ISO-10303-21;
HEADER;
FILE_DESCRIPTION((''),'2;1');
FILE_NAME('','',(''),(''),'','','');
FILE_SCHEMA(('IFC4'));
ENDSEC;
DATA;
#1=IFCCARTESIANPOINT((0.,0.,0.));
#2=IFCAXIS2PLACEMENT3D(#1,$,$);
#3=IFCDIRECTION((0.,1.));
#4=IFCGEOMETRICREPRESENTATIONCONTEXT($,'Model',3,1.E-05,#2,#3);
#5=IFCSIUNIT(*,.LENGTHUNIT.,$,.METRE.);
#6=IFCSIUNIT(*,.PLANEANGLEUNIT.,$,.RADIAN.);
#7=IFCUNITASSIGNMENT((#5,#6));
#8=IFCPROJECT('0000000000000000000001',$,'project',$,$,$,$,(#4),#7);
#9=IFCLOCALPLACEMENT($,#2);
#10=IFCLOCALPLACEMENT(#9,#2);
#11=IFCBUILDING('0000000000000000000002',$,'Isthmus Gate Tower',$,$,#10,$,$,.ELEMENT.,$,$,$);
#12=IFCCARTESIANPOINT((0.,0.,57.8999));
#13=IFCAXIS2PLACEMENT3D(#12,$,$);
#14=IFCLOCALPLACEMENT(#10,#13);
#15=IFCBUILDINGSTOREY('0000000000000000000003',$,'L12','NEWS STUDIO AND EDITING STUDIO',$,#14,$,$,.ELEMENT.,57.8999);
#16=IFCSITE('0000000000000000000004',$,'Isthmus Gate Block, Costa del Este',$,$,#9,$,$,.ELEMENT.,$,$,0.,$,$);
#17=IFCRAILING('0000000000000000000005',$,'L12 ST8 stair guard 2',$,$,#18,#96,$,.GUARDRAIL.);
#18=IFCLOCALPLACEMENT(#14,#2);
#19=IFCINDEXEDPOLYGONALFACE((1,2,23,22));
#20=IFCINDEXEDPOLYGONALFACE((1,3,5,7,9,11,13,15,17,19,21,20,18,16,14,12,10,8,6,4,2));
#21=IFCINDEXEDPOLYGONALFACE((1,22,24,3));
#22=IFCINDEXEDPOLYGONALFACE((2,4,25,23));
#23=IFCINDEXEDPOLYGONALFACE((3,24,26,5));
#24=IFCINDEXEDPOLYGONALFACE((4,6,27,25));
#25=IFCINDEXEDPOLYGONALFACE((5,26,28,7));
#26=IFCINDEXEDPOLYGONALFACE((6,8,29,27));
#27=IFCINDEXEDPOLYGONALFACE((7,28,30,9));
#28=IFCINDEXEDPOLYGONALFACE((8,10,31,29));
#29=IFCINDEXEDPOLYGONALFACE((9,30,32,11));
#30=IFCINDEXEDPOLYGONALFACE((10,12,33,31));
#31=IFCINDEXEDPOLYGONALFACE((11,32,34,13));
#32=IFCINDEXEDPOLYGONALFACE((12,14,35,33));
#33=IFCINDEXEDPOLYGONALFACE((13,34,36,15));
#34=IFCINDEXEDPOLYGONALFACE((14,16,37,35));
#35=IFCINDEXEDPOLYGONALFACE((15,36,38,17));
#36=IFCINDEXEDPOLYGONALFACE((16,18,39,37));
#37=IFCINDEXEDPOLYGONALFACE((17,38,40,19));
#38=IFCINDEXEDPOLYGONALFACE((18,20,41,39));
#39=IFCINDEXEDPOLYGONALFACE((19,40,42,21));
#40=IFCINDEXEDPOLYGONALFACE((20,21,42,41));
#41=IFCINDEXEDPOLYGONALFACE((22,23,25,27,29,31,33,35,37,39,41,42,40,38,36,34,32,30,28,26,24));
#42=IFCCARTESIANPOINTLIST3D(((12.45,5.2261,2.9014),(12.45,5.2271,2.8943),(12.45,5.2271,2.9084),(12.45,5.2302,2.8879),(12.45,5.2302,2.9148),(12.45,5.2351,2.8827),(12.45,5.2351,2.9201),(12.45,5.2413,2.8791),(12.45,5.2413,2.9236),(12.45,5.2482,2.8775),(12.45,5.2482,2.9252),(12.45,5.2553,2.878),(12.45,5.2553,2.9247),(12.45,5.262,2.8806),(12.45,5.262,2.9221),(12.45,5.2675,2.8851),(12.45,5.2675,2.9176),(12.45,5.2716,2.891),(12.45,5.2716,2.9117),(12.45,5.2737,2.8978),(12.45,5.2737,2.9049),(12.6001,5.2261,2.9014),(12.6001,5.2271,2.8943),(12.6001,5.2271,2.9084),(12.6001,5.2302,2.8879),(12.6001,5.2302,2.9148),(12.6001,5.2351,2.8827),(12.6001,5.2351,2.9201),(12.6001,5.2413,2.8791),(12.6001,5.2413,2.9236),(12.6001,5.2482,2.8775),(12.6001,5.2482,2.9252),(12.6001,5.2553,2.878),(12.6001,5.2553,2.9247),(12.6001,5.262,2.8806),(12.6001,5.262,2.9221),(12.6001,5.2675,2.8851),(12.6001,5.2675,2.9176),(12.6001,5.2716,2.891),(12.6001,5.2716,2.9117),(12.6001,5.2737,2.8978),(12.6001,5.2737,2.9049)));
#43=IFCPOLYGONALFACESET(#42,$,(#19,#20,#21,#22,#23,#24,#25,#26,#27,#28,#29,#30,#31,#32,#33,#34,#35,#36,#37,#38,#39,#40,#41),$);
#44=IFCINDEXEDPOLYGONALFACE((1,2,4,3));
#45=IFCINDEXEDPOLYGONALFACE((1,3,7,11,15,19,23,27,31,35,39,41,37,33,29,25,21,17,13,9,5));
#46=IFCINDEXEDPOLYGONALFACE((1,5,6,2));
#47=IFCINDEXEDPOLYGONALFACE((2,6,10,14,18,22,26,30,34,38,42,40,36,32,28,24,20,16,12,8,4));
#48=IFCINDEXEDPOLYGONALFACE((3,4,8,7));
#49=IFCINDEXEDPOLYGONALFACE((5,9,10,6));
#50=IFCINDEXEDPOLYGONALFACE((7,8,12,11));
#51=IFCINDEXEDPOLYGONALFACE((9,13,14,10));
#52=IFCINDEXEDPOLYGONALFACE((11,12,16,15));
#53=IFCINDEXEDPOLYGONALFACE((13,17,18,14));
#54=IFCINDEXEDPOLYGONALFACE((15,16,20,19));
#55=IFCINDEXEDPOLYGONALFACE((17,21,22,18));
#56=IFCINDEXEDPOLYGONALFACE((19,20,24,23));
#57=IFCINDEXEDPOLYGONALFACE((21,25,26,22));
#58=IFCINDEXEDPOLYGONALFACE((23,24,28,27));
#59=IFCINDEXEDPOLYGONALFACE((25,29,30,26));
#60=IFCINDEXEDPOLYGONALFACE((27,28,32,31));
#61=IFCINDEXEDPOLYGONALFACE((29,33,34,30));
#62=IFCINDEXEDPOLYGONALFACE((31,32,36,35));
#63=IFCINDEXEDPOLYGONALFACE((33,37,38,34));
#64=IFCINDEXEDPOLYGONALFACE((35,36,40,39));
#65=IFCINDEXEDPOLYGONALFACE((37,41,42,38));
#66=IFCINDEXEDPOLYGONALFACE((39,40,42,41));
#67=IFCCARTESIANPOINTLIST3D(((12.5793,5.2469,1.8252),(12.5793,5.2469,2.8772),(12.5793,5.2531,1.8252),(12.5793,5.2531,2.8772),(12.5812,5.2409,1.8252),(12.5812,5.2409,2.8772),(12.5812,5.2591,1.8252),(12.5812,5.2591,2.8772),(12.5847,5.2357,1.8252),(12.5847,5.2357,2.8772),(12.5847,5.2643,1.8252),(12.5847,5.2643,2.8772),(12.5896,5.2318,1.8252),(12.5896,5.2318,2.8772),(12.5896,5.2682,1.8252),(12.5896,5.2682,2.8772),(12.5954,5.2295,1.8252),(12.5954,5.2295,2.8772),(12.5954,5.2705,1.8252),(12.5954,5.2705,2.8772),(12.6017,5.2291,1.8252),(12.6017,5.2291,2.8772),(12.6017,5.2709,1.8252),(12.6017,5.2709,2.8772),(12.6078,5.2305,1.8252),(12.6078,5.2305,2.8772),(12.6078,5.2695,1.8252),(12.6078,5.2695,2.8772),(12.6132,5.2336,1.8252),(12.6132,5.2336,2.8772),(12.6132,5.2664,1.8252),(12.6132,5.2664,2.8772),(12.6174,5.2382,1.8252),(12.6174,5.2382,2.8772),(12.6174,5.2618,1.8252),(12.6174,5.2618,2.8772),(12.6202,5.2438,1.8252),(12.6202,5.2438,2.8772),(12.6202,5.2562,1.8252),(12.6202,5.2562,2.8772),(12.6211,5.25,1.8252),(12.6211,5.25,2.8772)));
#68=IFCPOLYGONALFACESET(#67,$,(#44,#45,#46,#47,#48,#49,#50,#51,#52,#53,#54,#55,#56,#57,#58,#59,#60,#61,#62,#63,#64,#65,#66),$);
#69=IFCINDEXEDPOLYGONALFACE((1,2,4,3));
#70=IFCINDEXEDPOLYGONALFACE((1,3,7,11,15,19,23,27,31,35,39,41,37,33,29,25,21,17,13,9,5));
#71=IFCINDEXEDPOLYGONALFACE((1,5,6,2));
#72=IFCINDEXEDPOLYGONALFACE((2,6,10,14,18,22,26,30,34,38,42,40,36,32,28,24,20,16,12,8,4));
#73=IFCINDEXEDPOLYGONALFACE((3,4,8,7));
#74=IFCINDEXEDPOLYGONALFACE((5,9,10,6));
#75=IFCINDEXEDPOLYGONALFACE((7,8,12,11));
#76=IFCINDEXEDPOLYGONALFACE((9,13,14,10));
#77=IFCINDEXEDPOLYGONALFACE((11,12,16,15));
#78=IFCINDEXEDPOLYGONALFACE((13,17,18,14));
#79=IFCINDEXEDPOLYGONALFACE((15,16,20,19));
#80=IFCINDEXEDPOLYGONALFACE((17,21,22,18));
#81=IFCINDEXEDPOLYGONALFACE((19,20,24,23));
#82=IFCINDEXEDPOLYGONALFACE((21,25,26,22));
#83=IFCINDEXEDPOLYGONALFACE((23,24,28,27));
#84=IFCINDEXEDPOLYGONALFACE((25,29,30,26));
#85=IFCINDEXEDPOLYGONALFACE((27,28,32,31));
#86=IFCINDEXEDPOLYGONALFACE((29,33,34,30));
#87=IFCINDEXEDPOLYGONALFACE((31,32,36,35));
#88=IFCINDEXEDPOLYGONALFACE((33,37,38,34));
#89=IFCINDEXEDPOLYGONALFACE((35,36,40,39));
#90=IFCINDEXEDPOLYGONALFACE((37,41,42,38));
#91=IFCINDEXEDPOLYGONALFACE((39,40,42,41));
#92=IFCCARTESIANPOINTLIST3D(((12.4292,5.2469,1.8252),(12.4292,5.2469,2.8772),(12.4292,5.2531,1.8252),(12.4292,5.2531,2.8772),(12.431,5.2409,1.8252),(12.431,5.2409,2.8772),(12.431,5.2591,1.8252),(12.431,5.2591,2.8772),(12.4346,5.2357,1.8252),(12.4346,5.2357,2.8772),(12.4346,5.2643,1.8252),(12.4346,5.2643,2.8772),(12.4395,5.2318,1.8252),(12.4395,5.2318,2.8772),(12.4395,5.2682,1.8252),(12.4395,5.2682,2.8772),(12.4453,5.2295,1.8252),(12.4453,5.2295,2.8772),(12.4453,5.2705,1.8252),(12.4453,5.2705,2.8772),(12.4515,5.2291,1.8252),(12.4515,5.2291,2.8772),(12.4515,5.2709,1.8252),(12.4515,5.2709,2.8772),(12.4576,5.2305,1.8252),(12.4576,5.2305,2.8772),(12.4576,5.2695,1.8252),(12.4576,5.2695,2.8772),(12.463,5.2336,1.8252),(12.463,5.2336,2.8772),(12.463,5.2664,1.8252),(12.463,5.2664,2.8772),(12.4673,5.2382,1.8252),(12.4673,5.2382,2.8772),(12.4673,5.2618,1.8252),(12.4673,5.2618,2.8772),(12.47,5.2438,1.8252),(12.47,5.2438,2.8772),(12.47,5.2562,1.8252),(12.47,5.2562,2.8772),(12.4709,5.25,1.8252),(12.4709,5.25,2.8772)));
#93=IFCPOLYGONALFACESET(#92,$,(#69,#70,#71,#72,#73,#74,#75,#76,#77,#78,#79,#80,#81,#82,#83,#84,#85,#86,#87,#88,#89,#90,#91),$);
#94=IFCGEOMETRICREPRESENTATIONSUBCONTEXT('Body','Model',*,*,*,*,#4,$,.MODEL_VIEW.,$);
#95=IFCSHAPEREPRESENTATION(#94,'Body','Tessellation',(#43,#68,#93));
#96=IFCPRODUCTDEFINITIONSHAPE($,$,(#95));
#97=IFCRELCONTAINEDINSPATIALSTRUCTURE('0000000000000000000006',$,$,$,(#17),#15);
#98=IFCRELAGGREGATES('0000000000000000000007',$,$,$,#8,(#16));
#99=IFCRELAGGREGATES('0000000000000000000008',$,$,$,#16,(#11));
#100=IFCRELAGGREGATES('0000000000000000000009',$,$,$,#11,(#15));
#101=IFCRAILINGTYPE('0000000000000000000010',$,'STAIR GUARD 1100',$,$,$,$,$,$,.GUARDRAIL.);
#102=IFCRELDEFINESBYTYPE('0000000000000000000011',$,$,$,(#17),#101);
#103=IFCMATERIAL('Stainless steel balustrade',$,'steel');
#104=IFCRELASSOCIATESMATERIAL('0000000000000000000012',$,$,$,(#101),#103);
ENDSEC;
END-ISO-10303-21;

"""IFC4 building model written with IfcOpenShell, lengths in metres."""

from ifc_helpers import new_model, si_unit, direction, frame, origin, origin_2d, place, context, subcontext, project, spatial, circle, extrude, material, type_object, element, save


model = new_model("IFC4")

# Units and contexts
model_context = context("Model", 3, precision=1e-05, world=origin(), true_north=direction((0.0, 1.0)))
body_context = subcontext(model_context, "Body", "Model", "MODEL_VIEW")
ifc_project = project(units=[si_unit("LENGTHUNIT", "METRE"), si_unit("PLANEANGLEUNIT", "RADIAN")], contexts=[model_context])

# Site, building, storey
site_placement = place(None, origin())
site = spatial("IfcSite", under=ifc_project, at=site_placement, Name="Isthmus Gate Block, Costa del Este", CompositionType="ELEMENT", RefElevation=0.0)
building_placement = place(site_placement, origin())
building = spatial("IfcBuilding", under=site, at=building_placement, Name="Isthmus Gate Tower", CompositionType="ELEMENT")
storey_placement = place(building_placement, frame((0.0, 0.0, 57.8999)))
storey = spatial("IfcBuildingStorey", under=building, at=storey_placement, Name="L12", Description="NEWS STUDIO AND EDITING STUDIO", CompositionType="ELEMENT", Elevation=57.8999)

# Railing
ifc_material_1 = material(Name="Stainless steel balustrade", Category="steel")
railing_type_1 = type_object("IfcRailingType", Name="STAIR GUARD 1100", PredefinedType="GUARDRAIL", material=ifc_material_1)
railing_1_placement = place(storey_placement, frame((12.6001, 5.25, 1.8252)))
element("IfcRailing", 1, at=railing_1_placement, inside=storey, type_object=railing_type_1, Name="L12 ST8 stair guard 2", PredefinedType="GUARDRAIL", context=body_context, shape_type="SweptSolid", body=[
    extrude(circle(Radius=0.0239, at=origin_2d()), frame((0.0, 0.0, 1.0762), z_axis=(-1.0, 0.0, 0.0), x_axis=(0.0, -1.0, 0.0)), (0.0, 0.0, 1.0), 0.1501),
    extrude(circle(Radius=0.021, at=origin_2d()), origin(), (0.0, 0.0, 1.0), 1.052),
    extrude(circle(Radius=0.021, at=origin_2d()), frame((-0.1501, 0.0, 0.0)), (0.0, 0.0, 1.0), 1.052),
])

save(model, "model.ifc")
